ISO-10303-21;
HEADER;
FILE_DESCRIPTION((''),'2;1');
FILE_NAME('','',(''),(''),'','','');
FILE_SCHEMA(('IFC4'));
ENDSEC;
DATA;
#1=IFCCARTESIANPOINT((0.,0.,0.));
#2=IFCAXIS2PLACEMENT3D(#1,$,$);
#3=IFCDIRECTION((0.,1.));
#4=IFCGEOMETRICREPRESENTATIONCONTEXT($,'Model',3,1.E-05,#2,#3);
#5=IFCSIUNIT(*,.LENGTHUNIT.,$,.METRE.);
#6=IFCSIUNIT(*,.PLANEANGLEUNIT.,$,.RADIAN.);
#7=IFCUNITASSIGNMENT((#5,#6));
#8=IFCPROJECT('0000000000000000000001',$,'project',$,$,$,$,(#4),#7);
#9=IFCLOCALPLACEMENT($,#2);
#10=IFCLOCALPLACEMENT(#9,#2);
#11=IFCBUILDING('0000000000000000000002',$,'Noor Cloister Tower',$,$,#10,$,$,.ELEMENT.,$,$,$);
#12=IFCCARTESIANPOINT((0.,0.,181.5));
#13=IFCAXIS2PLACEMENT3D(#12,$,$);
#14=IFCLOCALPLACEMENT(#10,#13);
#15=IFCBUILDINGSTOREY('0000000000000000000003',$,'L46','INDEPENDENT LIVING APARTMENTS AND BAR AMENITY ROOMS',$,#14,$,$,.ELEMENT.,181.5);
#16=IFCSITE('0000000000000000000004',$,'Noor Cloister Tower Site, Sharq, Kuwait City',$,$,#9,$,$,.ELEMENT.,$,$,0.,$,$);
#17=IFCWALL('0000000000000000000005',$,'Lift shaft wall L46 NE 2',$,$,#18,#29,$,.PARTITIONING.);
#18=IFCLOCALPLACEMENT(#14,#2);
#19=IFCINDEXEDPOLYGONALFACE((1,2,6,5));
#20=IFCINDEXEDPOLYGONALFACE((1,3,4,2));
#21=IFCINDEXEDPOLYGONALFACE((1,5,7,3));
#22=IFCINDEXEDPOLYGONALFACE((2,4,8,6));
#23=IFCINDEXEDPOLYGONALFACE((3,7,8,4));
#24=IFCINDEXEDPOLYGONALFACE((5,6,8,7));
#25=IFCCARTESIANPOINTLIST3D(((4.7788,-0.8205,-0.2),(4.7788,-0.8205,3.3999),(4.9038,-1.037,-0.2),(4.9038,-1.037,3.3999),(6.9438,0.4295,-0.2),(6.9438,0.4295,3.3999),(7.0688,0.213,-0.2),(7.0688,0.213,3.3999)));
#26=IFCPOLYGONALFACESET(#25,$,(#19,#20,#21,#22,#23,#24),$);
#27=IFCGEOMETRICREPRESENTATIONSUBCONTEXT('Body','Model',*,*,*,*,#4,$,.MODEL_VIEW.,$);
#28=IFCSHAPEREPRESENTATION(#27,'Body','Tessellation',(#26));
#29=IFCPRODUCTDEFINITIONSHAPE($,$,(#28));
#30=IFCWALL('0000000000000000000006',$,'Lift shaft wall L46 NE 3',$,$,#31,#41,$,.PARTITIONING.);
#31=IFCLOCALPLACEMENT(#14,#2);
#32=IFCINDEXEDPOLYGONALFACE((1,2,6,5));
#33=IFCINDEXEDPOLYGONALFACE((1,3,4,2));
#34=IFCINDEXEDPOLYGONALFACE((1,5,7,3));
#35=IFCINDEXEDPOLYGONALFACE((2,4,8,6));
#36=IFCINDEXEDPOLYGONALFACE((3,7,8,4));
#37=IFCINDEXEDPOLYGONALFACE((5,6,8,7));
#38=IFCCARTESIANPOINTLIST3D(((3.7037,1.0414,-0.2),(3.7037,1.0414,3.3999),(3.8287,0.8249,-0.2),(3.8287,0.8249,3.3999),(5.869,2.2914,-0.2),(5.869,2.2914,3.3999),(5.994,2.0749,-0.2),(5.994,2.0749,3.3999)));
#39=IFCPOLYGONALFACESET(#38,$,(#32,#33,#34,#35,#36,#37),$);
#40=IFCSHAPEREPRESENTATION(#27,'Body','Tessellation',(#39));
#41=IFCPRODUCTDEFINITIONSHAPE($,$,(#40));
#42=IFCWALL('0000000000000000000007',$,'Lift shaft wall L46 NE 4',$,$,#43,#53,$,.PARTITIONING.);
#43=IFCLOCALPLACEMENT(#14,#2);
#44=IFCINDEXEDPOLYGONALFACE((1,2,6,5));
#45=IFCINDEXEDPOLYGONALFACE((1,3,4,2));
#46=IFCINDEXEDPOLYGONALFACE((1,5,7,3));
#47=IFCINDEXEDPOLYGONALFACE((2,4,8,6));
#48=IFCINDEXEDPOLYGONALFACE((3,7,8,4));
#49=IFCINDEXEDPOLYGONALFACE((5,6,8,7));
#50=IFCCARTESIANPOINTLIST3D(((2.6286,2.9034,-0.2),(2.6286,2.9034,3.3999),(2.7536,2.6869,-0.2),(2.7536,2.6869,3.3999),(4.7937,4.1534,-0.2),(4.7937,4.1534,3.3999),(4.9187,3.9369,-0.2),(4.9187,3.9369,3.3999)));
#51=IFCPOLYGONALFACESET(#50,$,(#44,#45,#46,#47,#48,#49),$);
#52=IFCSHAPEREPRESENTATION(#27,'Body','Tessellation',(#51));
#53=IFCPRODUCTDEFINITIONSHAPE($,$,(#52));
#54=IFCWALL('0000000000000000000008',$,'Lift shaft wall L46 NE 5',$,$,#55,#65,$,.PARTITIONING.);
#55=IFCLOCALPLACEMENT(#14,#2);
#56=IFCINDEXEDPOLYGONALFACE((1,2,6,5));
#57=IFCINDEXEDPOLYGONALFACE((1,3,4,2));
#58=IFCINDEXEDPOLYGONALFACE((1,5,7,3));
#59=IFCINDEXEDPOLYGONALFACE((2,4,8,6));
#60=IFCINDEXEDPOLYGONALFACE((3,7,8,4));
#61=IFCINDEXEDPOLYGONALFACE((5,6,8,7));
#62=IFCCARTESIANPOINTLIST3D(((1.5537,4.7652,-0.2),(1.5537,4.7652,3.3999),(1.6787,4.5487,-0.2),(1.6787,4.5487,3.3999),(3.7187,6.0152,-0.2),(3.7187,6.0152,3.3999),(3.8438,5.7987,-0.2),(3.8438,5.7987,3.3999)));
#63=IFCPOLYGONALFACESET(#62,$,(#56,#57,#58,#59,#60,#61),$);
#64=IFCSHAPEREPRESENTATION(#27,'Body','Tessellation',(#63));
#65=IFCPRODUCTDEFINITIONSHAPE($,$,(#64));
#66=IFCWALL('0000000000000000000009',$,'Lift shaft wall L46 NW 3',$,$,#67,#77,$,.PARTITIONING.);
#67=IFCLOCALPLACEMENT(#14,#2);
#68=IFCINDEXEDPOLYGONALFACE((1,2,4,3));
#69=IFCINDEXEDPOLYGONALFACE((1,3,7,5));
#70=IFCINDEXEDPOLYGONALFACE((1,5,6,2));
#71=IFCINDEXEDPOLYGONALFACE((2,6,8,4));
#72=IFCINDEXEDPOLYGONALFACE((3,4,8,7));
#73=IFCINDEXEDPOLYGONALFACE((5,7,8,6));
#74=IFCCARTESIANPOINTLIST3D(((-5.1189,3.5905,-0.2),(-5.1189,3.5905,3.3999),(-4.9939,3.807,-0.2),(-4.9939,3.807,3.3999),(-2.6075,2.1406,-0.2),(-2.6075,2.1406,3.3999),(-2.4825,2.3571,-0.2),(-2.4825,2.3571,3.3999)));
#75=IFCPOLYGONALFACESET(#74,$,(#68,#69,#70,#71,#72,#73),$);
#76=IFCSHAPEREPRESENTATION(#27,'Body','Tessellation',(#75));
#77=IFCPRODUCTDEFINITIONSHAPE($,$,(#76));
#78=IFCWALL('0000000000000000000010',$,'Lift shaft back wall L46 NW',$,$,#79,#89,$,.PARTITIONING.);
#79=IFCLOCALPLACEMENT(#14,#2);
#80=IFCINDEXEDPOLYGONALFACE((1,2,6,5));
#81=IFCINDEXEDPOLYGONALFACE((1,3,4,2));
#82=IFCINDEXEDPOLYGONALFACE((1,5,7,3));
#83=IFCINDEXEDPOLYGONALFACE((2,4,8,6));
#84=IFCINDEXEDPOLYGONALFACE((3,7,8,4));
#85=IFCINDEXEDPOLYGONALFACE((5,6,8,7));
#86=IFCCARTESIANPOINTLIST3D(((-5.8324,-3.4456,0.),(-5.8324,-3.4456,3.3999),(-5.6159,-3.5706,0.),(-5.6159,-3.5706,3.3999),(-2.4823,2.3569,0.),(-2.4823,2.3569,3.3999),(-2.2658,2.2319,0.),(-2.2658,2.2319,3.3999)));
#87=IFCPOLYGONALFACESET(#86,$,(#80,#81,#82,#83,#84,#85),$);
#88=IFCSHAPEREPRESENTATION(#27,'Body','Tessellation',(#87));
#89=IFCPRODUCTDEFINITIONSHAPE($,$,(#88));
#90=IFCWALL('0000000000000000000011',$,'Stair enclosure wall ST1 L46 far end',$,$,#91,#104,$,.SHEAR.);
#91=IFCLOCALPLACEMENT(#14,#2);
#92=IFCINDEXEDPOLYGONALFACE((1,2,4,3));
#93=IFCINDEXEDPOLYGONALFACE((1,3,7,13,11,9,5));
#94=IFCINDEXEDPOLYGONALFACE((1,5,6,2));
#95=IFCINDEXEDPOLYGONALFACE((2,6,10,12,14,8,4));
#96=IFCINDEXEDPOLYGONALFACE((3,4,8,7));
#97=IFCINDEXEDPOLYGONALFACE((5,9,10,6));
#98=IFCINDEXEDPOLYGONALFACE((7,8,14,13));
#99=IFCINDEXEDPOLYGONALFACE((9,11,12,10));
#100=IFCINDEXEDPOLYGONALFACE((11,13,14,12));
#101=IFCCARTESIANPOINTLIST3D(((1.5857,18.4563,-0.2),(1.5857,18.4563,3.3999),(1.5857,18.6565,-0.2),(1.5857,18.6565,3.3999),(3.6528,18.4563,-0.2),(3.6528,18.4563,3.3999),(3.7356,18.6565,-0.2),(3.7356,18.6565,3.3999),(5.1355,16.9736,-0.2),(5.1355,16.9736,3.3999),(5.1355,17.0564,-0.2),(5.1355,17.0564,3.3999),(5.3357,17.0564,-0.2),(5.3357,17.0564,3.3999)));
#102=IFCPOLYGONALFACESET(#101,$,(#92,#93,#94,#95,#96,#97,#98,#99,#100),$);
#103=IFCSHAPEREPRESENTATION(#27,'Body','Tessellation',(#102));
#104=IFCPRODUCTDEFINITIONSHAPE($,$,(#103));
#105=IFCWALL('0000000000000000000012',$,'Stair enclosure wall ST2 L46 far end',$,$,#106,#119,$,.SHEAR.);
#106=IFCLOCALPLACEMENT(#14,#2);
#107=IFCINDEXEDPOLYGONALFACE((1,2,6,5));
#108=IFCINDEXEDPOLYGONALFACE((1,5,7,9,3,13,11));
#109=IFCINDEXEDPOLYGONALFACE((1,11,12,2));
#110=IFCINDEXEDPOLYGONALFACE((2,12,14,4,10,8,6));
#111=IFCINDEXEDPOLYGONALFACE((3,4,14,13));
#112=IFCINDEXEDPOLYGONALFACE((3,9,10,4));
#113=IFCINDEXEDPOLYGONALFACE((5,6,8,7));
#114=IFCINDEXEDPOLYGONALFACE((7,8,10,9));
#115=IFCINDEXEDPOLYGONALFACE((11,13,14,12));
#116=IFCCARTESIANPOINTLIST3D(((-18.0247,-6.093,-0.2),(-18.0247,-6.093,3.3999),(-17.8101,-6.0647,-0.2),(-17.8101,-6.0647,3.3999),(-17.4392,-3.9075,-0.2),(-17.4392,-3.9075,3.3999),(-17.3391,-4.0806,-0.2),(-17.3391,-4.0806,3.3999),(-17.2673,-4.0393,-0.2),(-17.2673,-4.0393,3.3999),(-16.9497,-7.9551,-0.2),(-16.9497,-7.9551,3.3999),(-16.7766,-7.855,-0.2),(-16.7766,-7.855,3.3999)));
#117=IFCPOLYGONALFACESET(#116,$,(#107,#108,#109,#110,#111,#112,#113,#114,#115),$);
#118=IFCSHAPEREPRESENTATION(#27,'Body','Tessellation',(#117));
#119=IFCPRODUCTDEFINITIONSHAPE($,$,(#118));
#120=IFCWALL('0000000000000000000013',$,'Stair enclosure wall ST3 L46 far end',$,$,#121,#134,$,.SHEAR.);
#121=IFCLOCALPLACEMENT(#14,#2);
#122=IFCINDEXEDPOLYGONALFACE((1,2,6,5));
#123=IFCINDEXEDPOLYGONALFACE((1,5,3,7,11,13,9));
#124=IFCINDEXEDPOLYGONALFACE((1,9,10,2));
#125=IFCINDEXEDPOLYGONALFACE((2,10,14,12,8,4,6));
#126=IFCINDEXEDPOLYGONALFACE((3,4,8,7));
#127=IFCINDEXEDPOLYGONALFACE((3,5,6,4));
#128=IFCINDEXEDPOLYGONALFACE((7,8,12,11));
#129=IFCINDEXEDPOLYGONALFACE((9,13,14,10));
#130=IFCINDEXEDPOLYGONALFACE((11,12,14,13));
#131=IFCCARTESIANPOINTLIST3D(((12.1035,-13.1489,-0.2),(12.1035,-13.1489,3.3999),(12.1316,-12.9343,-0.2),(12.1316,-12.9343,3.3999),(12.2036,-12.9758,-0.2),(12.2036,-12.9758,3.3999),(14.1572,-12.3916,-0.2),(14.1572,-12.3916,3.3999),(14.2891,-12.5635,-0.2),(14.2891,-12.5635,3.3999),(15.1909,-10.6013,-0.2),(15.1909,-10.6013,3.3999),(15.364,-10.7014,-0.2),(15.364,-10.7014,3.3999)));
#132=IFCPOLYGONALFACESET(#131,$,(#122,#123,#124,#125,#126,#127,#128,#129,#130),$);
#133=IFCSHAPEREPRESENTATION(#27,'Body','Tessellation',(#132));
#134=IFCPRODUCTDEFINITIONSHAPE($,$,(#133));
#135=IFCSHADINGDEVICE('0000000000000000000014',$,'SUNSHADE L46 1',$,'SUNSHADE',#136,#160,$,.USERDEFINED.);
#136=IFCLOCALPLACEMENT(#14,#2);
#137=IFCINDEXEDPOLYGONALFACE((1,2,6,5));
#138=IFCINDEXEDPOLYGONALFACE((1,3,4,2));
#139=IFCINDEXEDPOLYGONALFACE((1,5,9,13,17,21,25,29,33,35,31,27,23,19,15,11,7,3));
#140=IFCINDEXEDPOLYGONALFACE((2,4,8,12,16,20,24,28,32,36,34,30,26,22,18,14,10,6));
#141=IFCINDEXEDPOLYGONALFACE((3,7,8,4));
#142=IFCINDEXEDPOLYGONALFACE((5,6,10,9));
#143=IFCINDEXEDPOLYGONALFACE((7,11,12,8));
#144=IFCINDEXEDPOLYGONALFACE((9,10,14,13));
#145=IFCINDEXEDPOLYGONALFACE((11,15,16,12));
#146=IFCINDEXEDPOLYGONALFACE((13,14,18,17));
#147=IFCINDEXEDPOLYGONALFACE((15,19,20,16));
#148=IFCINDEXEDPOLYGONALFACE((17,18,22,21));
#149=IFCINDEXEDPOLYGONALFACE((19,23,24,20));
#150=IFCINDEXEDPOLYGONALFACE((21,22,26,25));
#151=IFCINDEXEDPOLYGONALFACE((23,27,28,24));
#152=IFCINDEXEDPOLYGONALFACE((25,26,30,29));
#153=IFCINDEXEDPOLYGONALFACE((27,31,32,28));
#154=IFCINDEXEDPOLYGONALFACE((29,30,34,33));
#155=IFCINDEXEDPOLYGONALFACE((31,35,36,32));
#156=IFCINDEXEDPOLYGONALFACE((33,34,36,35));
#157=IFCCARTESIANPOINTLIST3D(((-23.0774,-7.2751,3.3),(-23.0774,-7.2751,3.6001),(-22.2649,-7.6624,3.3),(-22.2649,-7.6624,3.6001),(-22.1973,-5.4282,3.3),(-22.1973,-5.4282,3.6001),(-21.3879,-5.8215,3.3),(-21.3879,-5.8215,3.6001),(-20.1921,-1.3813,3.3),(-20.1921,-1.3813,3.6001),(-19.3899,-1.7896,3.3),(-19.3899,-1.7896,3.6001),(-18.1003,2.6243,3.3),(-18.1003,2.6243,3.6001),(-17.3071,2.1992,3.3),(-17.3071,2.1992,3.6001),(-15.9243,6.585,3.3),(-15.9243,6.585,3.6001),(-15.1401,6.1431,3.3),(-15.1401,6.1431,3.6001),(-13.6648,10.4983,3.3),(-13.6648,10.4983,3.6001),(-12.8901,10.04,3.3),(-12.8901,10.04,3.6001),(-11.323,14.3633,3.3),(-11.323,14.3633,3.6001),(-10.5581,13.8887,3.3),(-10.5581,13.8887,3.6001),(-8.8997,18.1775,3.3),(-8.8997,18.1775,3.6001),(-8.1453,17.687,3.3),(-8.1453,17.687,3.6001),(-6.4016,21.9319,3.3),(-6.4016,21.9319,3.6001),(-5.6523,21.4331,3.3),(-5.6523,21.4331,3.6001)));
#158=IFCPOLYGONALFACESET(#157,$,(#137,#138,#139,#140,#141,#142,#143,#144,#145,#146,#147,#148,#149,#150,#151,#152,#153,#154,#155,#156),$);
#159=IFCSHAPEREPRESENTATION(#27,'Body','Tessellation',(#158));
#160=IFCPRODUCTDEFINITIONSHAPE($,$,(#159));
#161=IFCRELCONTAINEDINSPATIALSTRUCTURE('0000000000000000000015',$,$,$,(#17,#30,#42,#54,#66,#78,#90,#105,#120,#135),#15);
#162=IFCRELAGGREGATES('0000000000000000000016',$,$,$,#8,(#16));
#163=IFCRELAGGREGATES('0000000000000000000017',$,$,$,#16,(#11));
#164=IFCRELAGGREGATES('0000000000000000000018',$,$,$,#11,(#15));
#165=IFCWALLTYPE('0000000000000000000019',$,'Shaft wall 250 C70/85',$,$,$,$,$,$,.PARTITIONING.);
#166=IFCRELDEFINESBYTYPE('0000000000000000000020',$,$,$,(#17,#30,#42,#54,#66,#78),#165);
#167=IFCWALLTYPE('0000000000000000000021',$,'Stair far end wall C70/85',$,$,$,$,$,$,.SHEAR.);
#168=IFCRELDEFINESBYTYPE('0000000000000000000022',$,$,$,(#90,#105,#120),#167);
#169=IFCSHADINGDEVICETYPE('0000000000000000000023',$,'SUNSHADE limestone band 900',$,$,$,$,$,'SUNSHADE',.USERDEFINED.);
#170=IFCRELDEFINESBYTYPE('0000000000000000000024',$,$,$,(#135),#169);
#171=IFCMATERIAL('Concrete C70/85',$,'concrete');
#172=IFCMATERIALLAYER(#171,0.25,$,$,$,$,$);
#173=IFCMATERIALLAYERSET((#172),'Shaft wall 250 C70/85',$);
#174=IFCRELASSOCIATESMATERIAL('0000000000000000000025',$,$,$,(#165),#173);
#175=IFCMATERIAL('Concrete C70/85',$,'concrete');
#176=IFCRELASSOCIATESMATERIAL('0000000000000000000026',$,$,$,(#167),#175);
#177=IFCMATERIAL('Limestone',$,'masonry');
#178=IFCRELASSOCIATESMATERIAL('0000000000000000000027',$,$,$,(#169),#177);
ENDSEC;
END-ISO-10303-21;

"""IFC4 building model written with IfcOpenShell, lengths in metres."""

from ifc_helpers import new_model, si_unit, direction, frame, frame_2d, origin, place, context, subcontext, project, spatial, polyline, rectangle, outline, extrude, material, layer, layer_set, type_object, element, save


model = new_model("IFC4")

# Units and contexts
model_context = context("Model", 3, precision=1e-05, world=origin(), true_north=direction((0.0, 1.0)))
body_context = subcontext(model_context, "Body", "Model", "MODEL_VIEW")
ifc_project = project(units=[si_unit("LENGTHUNIT", "METRE"), si_unit("PLANEANGLEUNIT", "RADIAN")], contexts=[model_context])

# Site, building, storey
site_placement = place(None, origin())
site = spatial("IfcSite", under=ifc_project, at=site_placement, Name="Noor Cloister Tower Site, Sharq, Kuwait City", CompositionType="ELEMENT", RefElevation=0.0)
building_placement = place(site_placement, origin())
building = spatial("IfcBuilding", under=site, at=building_placement, Name="Noor Cloister Tower", CompositionType="ELEMENT")
storey_placement = place(building_placement, frame((0.0, 0.0, 181.5)))
storey = spatial("IfcBuildingStorey", under=building, at=storey_placement, Name="L46", Description="INDEPENDENT LIVING APARTMENTS AND BAR AMENITY ROOMS", CompositionType="ELEMENT", Elevation=181.5)

# Walls
ifc_material_1 = material(Name="Concrete C70/85", Category="concrete")
ifc_layer_1 = layer(ifc_material_1, 0.25)
ifc_layer_set_1 = layer_set([ifc_layer_1], Name="Shaft wall 250 C70/85")
wall_type_1 = type_object("IfcWallType", Name="Shaft wall 250 C70/85", PredefinedType="PARTITIONING", material=ifc_layer_set_1)
wall_1_placement = place(storey_placement, frame((7.0063, 0.3213, -0.2), z_axis=(0.0, 0.0, 1.0), x_axis=(-0.866023, -0.500004, 0.0)))
element("IfcWall", 1, at=wall_1_placement, inside=storey, type_object=wall_type_1, Name="Lift shaft wall L46 NE 2", PredefinedType="PARTITIONING", context=body_context, shape_type="SweptSolid", body=[
    extrude(rectangle(XDim=2.5, YDim=0.25, at=frame_2d((1.25, 0.0))), origin(), (0.0, 0.0, 1.0), 3.5999),
])
wall_2_placement = place(storey_placement, frame((5.9314, 2.1831, -0.2), z_axis=(0.0, 0.0, 1.0), x_axis=(-0.866047, -0.499962, 0.0)))
element("IfcWall", 2, at=wall_2_placement, inside=storey, type_object=wall_type_1, Name="Lift shaft wall L46 NE 3", PredefinedType="PARTITIONING", context=body_context, shape_type="SweptSolid", body=[
    extrude(rectangle(XDim=2.5002, YDim=0.25, at=frame_2d((1.25, 0.0))), origin(), (0.0, 0.0, 1.0), 3.5999),
])
for number, where, z_axis, x_axis, name in (
    (3, (4.8562, 4.0452, -0.2), (0.0, 0.0, 1.0), (-0.866023, -0.500004, 0.0), "Lift shaft wall L46 NE 4"),
    (4, (3.7812, 5.907, -0.2), (0.0, 0.0, 1.0), (-0.866023, -0.500004, 0.0), "Lift shaft wall L46 NE 5"),
):
    element("IfcWall", number, at=place(storey_placement, frame(where, z_axis=z_axis, x_axis=x_axis)), inside=storey, type_object=wall_type_1, Name=name, PredefinedType="PARTITIONING", context=body_context, shape_type="SweptSolid", body=[
        extrude(rectangle(XDim=2.5, YDim=0.25, at=frame_2d((1.25, 0.0))), origin(), (0.0, 0.0, 1.0), 3.5999),
    ])
wall_3_placement = place(storey_placement, frame((-5.0564, 3.6987, -0.2), z_axis=(0.0, 0.0, 1.0), x_axis=(0.866033, -0.499987, 0.0)))
element("IfcWall", 5, at=wall_3_placement, inside=storey, type_object=wall_type_1, Name="Lift shaft wall L46 NW 3", PredefinedType="PARTITIONING", context=body_context, shape_type="SweptSolid", body=[
    extrude(rectangle(XDim=2.8999, YDim=0.25, at=frame_2d((1.45, 0.0))), origin(), (0.0, 0.0, 1.0), 3.5999),
])
wall_4_placement = place(storey_placement, frame((-2.374, 2.2944, 0.0), z_axis=(0.0, 0.0, 1.0), x_axis=(-0.500003, -0.866024, 0.0)))
element("IfcWall", 6, at=wall_4_placement, inside=storey, type_object=wall_type_1, Name="Lift shaft back wall L46 NW", PredefinedType="PARTITIONING", context=body_context, shape_type="SweptSolid", body=[
    extrude(rectangle(XDim=6.7002, YDim=0.25, at=frame_2d((3.3501, 0.0))), origin(), (0.0, 0.0, 1.0), 3.3999),
])
ifc_material_2 = material(Name="Concrete C70/85", Category="concrete")
wall_type_2 = type_object("IfcWallType", Name="Stair far end wall C70/85", PredefinedType="SHEAR", material=ifc_material_2)
wall_5_placement = place(storey_placement, frame((0.0, 0.0, -0.2)))
element("IfcWall", 7, at=wall_5_placement, inside=storey, type_object=wall_type_2, Name="Stair enclosure wall ST1 L46 far end", PredefinedType="SHEAR", context=body_context, shape_type="SweptSolid", body=[
    extrude(outline(polyline([(5.3357, 17.0564), (3.7356, 18.6565), (1.5857, 18.6565), (1.5857, 18.4563), (3.6528, 18.4563), (5.1355, 16.9736), (5.1355, 17.0564), (5.1355, 17.0564), (5.1355, 17.0564), (5.1355, 17.0564), (5.1355, 17.0564), (5.1355, 17.0564), (5.1355, 17.0564), (5.1355, 17.0564), (5.1355, 17.0564), (5.1355, 17.0564), (5.1355, 17.0564), (5.1355, 17.0564), (5.1355, 17.0564), (5.1355, 17.0564), (5.1355, 17.0564), (5.1355, 17.0564), (5.1355, 17.0564), (5.3357, 17.0564)])), origin(), (0.0, 0.0, 1.0), 3.5999),
])
wall_6_placement = place(storey_placement, frame((0.0, 0.0, -0.2)))
element("IfcWall", 8, at=wall_6_placement, inside=storey, type_object=wall_type_2, Name="Stair enclosure wall ST2 L46 far end", PredefinedType="SHEAR", context=body_context, shape_type="SweptSolid", body=[
    extrude(outline(polyline([(-17.4392, -3.9075), (-18.0247, -6.093), (-16.9497, -7.9551), (-16.7766, -7.855), (-17.8101, -6.0647), (-17.2673, -4.0393), (-17.3391, -4.0806), (-17.3391, -4.0806), (-17.3391, -4.0806), (-17.3391, -4.0806), (-17.3391, -4.0806), (-17.3391, -4.0806), (-17.3391, -4.0806), (-17.3391, -4.0806), (-17.3391, -4.0806), (-17.3391, -4.0806), (-17.3391, -4.0806), (-17.3391, -4.0806), (-17.3391, -4.0806), (-17.3391, -4.0806), (-17.3391, -4.0806), (-17.3391, -4.0806), (-17.3391, -4.0806), (-17.4392, -3.9075)])), origin(), (0.0, 0.0, 1.0), 3.5999),
])
wall_7_placement = place(storey_placement, frame((0.0, 0.0, -0.2)))
element("IfcWall", 9, at=wall_7_placement, inside=storey, type_object=wall_type_2, Name="Stair enclosure wall ST3 L46 far end", PredefinedType="SHEAR", context=body_context, shape_type="SweptSolid", body=[
    extrude(outline(polyline([(12.1035, -13.1489), (14.2891, -12.5635), (15.364, -10.7014), (15.1909, -10.6013), (14.1572, -12.3916), (12.1316, -12.9343), (12.2036, -12.9758), (12.2036, -12.9758), (12.2036, -12.9758), (12.2036, -12.9758), (12.2036, -12.9758), (12.2036, -12.9758), (12.2036, -12.9758), (12.2036, -12.9758), (12.2036, -12.9758), (12.2036, -12.9758), (12.2036, -12.9758), (12.2036, -12.9758), (12.2036, -12.9758), (12.2036, -12.9758), (12.2036, -12.9758), (12.2036, -12.9758), (12.2036, -12.9758), (12.1035, -13.1489)])), origin(), (0.0, 0.0, 1.0), 3.5999),
])

# Shading device
ifc_material_3 = material(Name="Limestone", Category="masonry")
shading_device_type = type_object("IfcShadingDeviceType", Name="SUNSHADE limestone band 900", ElementType="SUNSHADE", PredefinedType="USERDEFINED", material=ifc_material_3)
shading_device_1_placement = place(storey_placement, frame((0.0, 0.0, 3.3)))
element("IfcShadingDevice", 10, at=shading_device_1_placement, inside=storey, type_object=shading_device_type, Name="SUNSHADE L46 1", ObjectType="SUNSHADE", PredefinedType="USERDEFINED", context=body_context, shape_type="SweptSolid", body=[
    extrude(outline(polyline([(-6.4016, 21.9319), (-8.8997, 18.1775), (-11.323, 14.3633), (-13.6648, 10.4983), (-15.9243, 6.585), (-18.1003, 2.6243), (-20.1921, -1.3813), (-22.1973, -5.4282), (-23.0774, -7.2751), (-22.2649, -7.6624), (-21.3879, -5.8215), (-19.3899, -1.7896), (-17.3071, 2.1992), (-15.1401, 6.1431), (-12.8901, 10.04), (-10.5581, 13.8887), (-8.1453, 17.687), (-5.6523, 21.4331), (-6.4016, 21.9319)])), origin(), (0.0, 0.0, 1.0), 0.3),
])

save(model, "model.ifc")
